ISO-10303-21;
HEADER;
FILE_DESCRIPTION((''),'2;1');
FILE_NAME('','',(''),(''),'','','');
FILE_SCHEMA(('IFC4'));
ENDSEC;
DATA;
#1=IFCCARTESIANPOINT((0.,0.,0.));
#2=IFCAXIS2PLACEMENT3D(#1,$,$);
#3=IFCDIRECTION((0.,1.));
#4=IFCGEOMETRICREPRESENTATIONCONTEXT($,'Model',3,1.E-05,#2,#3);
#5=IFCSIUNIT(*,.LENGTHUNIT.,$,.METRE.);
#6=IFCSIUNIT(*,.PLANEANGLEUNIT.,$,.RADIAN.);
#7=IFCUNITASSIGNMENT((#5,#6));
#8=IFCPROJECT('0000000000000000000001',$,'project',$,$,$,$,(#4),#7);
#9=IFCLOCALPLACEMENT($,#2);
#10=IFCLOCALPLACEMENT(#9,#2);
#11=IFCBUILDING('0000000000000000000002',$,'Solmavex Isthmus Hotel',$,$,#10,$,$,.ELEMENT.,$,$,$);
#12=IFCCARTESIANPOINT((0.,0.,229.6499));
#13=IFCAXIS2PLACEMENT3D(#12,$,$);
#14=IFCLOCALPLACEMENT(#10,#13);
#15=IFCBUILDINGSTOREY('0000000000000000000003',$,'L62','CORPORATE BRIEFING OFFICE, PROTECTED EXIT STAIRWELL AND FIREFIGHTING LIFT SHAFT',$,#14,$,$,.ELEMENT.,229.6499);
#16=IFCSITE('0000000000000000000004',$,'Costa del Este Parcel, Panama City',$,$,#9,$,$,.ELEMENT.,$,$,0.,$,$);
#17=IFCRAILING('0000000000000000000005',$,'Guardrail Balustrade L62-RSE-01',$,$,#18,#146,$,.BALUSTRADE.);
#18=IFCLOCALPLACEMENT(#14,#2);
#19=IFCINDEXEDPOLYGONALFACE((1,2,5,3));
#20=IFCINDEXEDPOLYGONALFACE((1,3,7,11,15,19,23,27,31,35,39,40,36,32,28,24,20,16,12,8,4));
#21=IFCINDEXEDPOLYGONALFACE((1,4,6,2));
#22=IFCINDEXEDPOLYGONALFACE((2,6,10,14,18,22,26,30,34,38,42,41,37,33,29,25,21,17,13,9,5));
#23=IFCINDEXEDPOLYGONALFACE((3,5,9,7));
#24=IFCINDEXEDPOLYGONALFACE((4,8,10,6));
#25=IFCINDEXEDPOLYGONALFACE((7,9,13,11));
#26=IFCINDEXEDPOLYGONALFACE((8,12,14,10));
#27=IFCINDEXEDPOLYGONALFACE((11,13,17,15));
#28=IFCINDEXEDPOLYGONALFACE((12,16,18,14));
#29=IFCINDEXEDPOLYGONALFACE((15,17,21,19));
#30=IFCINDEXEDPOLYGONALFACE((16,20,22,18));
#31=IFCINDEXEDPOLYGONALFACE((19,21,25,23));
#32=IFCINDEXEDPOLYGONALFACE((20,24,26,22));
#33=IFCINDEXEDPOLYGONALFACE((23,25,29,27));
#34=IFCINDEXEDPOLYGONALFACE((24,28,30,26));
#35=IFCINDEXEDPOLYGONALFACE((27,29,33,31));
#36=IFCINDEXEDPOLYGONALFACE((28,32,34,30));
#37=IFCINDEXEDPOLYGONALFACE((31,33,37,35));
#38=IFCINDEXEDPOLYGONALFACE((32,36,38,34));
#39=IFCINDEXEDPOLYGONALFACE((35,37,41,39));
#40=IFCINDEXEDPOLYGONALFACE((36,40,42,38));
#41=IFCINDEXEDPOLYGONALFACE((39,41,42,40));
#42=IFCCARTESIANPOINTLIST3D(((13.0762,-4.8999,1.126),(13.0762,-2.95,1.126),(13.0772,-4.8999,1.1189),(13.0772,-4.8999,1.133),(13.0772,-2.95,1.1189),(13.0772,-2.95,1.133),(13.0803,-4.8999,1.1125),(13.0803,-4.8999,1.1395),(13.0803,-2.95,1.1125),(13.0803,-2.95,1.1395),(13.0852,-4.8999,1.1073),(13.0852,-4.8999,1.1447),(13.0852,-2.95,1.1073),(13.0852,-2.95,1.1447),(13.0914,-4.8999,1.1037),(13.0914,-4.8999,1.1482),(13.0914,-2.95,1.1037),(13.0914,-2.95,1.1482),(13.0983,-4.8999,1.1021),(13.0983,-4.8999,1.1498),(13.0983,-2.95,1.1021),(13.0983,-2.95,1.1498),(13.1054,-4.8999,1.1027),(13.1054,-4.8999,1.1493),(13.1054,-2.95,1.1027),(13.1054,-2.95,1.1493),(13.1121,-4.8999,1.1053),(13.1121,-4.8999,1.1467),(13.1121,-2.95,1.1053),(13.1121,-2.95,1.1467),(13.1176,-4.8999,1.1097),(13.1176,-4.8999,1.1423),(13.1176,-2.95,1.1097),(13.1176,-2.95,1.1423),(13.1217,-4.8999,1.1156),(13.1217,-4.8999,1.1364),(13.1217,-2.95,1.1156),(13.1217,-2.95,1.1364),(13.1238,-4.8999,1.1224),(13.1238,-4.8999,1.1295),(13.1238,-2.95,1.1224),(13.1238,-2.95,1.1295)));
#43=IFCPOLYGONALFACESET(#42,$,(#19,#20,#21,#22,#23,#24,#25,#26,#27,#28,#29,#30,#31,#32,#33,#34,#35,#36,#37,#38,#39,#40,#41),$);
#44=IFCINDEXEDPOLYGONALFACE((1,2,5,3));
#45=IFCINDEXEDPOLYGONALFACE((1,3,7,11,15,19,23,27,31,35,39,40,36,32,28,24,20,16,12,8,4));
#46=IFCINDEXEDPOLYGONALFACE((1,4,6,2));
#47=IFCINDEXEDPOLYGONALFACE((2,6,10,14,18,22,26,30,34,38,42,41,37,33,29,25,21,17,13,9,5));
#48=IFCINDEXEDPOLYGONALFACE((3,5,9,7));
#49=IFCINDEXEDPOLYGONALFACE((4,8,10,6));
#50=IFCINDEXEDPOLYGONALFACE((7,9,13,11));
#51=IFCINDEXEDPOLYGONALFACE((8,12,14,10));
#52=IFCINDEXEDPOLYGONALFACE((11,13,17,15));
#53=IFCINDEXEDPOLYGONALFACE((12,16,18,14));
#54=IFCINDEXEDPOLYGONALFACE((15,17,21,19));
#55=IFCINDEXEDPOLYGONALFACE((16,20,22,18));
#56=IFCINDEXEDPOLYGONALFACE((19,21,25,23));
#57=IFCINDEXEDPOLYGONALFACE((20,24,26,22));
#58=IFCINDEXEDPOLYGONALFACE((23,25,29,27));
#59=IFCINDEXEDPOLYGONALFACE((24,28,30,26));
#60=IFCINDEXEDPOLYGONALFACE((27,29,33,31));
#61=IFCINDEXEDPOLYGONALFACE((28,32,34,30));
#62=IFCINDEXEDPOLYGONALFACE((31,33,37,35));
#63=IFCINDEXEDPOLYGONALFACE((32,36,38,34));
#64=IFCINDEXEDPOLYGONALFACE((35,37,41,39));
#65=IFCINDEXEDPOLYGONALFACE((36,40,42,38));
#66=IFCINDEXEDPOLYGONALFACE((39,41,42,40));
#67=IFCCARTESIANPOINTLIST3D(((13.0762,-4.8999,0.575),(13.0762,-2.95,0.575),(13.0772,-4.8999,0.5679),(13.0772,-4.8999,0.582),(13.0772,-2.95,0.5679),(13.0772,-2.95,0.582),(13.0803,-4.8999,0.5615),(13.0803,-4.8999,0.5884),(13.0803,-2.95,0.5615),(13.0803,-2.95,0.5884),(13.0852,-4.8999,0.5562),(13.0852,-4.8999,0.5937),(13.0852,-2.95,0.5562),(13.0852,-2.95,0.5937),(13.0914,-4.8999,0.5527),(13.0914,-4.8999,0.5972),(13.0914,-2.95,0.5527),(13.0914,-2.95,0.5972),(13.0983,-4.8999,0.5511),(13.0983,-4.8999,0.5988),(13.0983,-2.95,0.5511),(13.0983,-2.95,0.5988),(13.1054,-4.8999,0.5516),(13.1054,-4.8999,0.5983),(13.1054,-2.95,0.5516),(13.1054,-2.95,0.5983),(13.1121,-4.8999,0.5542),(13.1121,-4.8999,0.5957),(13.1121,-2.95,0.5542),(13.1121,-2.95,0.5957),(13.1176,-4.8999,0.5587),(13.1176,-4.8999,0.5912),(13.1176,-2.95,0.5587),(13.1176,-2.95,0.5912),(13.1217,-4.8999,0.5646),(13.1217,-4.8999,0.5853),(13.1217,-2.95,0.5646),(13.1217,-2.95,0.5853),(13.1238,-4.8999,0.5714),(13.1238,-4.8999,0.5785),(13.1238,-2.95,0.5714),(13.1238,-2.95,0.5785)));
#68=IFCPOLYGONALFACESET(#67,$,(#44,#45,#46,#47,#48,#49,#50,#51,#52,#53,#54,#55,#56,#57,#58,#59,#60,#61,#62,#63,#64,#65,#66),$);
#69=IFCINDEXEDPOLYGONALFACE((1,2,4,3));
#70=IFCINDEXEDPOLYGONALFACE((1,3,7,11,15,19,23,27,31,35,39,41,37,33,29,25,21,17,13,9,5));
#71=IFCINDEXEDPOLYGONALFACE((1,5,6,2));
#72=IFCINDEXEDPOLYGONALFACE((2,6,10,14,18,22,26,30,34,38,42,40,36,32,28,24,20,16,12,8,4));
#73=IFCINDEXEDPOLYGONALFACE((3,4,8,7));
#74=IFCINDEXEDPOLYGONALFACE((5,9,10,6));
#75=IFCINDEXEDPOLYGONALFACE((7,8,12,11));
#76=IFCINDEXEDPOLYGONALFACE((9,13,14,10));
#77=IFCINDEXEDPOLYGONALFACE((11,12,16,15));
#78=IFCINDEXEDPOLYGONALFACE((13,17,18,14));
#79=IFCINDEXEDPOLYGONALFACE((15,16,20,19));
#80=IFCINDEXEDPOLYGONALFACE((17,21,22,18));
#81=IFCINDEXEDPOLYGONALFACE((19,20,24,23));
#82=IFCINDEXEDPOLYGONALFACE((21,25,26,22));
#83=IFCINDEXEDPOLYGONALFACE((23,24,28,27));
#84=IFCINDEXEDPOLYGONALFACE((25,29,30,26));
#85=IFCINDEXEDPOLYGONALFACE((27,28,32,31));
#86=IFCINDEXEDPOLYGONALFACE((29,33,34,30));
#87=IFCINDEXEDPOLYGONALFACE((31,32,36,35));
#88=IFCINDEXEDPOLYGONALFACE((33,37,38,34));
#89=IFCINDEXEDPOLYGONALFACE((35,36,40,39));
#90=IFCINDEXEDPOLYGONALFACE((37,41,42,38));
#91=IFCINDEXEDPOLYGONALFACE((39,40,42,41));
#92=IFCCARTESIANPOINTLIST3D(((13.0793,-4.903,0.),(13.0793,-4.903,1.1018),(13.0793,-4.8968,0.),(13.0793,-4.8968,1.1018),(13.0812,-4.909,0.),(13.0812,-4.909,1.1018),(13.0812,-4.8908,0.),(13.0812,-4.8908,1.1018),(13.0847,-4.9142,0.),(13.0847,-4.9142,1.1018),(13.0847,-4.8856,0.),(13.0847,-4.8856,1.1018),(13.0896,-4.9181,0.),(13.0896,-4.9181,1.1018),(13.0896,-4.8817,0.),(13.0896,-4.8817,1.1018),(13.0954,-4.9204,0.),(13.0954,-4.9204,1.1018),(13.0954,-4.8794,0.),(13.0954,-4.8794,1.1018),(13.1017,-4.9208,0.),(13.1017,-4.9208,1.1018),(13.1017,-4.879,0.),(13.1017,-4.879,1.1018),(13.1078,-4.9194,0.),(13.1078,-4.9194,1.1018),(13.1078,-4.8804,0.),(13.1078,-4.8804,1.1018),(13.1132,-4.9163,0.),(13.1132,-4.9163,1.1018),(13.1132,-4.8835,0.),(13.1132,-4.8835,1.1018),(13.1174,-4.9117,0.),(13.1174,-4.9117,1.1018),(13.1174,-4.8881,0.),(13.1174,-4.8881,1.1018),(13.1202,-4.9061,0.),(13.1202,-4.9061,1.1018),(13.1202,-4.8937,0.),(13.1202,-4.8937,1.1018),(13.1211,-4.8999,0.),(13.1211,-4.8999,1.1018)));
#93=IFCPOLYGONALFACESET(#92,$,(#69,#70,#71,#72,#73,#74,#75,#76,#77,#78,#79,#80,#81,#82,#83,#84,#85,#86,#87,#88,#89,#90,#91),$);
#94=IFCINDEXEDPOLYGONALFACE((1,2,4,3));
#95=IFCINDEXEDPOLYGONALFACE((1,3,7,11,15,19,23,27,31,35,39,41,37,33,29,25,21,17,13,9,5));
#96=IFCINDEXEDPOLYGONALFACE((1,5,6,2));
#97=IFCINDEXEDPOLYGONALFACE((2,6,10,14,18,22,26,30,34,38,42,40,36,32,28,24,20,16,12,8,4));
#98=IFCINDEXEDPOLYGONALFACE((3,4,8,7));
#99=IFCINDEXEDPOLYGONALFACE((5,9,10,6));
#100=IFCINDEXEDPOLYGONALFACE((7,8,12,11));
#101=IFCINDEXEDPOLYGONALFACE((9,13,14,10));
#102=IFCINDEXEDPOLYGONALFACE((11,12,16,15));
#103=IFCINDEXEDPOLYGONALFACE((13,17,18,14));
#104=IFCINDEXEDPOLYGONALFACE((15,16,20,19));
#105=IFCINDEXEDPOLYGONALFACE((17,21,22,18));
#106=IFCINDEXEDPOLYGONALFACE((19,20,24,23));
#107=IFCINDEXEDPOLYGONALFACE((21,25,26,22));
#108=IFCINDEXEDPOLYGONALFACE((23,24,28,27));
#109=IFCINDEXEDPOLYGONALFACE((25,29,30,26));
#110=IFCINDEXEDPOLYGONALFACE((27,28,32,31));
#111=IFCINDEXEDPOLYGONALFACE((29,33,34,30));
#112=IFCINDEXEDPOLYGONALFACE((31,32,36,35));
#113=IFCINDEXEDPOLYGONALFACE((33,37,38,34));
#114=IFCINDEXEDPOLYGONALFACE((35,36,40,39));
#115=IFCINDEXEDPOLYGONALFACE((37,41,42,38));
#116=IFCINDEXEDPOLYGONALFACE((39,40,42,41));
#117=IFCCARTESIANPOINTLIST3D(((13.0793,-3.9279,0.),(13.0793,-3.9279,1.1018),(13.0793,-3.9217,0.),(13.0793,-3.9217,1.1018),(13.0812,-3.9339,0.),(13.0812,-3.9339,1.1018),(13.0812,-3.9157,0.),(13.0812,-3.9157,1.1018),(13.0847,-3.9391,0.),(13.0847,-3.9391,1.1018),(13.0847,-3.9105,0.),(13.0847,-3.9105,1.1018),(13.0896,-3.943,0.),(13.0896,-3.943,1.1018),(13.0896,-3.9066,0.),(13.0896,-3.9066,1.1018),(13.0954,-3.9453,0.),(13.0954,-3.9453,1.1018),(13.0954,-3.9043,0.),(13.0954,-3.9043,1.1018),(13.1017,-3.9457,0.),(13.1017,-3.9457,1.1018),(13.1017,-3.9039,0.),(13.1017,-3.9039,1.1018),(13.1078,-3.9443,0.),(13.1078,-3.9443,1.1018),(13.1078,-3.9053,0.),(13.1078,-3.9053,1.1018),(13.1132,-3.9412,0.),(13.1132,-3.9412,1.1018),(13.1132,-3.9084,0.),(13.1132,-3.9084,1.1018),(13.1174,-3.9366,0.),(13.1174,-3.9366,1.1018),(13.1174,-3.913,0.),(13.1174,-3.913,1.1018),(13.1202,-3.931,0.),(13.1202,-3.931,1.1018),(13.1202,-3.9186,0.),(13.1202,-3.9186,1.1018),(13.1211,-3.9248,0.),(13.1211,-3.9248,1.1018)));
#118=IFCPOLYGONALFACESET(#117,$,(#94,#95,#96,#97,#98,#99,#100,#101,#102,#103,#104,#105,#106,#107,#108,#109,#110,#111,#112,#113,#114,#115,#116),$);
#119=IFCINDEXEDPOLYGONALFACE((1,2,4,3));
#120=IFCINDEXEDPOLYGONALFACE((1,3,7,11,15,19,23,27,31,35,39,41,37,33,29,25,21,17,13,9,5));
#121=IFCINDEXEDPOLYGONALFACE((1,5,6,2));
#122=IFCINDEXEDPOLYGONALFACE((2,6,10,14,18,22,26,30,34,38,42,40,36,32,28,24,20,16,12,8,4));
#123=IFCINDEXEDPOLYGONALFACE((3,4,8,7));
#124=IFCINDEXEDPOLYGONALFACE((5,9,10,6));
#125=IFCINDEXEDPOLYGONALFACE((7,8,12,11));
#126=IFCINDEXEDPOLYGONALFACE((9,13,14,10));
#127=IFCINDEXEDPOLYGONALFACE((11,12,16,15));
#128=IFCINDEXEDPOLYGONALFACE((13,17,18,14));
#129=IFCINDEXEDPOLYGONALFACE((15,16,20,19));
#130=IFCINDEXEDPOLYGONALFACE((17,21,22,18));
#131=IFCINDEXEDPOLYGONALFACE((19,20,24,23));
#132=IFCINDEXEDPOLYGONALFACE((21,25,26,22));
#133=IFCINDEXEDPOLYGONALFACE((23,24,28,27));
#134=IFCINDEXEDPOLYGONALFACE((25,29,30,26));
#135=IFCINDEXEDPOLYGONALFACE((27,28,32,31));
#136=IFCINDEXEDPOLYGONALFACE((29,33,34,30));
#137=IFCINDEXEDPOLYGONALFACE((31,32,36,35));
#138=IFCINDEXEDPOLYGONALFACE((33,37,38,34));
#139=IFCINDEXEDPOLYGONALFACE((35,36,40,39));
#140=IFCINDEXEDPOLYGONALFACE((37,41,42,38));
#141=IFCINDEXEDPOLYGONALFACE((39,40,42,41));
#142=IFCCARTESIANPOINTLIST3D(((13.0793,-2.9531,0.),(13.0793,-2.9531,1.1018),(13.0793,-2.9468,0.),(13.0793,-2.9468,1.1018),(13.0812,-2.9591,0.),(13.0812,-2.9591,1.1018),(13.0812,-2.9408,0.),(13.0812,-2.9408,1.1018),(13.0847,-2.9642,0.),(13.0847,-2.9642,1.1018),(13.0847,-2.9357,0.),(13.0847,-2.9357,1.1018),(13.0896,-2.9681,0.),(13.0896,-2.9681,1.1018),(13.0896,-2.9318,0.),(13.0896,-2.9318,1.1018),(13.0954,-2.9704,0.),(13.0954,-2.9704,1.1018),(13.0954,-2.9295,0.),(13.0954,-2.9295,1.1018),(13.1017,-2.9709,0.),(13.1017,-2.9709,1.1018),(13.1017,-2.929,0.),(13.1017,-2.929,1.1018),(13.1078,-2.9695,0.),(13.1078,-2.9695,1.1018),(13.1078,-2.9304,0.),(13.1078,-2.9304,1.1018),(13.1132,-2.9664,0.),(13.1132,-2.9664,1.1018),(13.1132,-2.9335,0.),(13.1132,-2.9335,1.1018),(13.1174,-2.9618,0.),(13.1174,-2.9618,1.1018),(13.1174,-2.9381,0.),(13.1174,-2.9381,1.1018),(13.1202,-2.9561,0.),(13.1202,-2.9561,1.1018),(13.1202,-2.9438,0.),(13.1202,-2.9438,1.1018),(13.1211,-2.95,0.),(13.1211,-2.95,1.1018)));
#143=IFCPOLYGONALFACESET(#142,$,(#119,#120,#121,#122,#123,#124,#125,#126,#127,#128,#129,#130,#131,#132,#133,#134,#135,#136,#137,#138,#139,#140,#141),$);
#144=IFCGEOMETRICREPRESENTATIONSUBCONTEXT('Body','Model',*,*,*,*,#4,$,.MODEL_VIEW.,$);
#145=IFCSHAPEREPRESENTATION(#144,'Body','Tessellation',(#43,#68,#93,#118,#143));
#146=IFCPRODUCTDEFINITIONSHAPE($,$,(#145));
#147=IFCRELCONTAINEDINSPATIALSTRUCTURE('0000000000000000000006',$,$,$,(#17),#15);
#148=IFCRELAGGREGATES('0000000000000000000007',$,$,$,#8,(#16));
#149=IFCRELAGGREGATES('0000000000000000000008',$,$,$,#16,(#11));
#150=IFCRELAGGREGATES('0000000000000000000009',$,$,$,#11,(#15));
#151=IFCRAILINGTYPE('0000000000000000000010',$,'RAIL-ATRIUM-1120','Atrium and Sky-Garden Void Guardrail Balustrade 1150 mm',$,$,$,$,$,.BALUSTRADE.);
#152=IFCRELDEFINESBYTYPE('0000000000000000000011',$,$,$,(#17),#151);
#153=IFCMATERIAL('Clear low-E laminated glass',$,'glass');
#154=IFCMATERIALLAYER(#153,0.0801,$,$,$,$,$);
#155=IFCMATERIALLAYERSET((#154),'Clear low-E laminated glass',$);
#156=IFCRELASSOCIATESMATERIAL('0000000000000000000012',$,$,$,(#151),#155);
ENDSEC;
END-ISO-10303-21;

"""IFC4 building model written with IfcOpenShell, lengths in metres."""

from ifc_helpers import new_model, si_unit, direction, frame, origin, origin_2d, place, context, subcontext, project, spatial, circle, extrude, material, layer, layer_set, type_object, element, save


model = new_model("IFC4")

# Units and contexts
model_context = context("Model", 3, precision=1e-05, world=origin(), true_north=direction((0.0, 1.0)))
body_context = subcontext(model_context, "Body", "Model", "MODEL_VIEW")
ifc_project = project(units=[si_unit("LENGTHUNIT", "METRE"), si_unit("PLANEANGLEUNIT", "RADIAN")], contexts=[model_context])

# Site, building, storey
site_placement = place(None, origin())
site = spatial("IfcSite", under=ifc_project, at=site_placement, Name="Costa del Este Parcel, Panama City", CompositionType="ELEMENT", RefElevation=0.0)
building_placement = place(site_placement, origin())
building = spatial("IfcBuilding", under=site, at=building_placement, Name="Solmavex Isthmus Hotel", CompositionType="ELEMENT")
storey_placement = place(building_placement, frame((0.0, 0.0, 229.6499)))
storey = spatial("IfcBuildingStorey", under=building, at=storey_placement, Name="L62", Description="CORPORATE BRIEFING OFFICE, PROTECTED EXIT STAIRWELL AND FIREFIGHTING LIFT SHAFT", CompositionType="ELEMENT", Elevation=229.6499)

# Railing
ifc_material_1 = material(Name="Clear low-E laminated glass", Category="glass")
ifc_layer_1 = layer(ifc_material_1, 0.0801)
ifc_layer_set_1 = layer_set([ifc_layer_1], Name="Clear low-E laminated glass")
railing_type_1 = type_object("IfcRailingType", Name="RAIL-ATRIUM-1120", Description="Atrium and Sky-Garden Void Guardrail Balustrade 1150 mm", PredefinedType="BALUSTRADE", material=ifc_layer_set_1)
railing_1_placement = place(storey_placement, frame((13.1001, -4.8999, 0.0)))
element("IfcRailing", 1, at=railing_1_placement, inside=storey, type_object=railing_type_1, Name="Guardrail Balustrade L62-RSE-01", PredefinedType="BALUSTRADE", context=body_context, shape_type="SweptSolid", body=[
    extrude(circle(Radius=0.0239, at=origin_2d()), frame((0.0, 0.0, 1.126), z_axis=(0.0, 1.0, 0.0), x_axis=(-1.0, 0.0, 0.0)), (0.0, 0.0, 1.0), 1.95),
    extrude(circle(Radius=0.0239, at=origin_2d()), frame((0.0, 0.0, 0.575), z_axis=(0.0, 1.0, 0.0), x_axis=(-1.0, 0.0, 0.0)), (0.0, 0.0, 1.0), 1.95),
    extrude(circle(Radius=0.021, at=origin_2d()), origin(), (0.0, 0.0, 1.0), 1.1018),
    extrude(circle(Radius=0.021, at=origin_2d()), frame((0.0, 0.9751, 0.0)), (0.0, 0.0, 1.0), 1.1018),
    extrude(circle(Radius=0.021, at=origin_2d()), frame((0.0, 1.95, 0.0)), (0.0, 0.0, 1.0), 1.1018),
])

save(model, "model.ifc")
